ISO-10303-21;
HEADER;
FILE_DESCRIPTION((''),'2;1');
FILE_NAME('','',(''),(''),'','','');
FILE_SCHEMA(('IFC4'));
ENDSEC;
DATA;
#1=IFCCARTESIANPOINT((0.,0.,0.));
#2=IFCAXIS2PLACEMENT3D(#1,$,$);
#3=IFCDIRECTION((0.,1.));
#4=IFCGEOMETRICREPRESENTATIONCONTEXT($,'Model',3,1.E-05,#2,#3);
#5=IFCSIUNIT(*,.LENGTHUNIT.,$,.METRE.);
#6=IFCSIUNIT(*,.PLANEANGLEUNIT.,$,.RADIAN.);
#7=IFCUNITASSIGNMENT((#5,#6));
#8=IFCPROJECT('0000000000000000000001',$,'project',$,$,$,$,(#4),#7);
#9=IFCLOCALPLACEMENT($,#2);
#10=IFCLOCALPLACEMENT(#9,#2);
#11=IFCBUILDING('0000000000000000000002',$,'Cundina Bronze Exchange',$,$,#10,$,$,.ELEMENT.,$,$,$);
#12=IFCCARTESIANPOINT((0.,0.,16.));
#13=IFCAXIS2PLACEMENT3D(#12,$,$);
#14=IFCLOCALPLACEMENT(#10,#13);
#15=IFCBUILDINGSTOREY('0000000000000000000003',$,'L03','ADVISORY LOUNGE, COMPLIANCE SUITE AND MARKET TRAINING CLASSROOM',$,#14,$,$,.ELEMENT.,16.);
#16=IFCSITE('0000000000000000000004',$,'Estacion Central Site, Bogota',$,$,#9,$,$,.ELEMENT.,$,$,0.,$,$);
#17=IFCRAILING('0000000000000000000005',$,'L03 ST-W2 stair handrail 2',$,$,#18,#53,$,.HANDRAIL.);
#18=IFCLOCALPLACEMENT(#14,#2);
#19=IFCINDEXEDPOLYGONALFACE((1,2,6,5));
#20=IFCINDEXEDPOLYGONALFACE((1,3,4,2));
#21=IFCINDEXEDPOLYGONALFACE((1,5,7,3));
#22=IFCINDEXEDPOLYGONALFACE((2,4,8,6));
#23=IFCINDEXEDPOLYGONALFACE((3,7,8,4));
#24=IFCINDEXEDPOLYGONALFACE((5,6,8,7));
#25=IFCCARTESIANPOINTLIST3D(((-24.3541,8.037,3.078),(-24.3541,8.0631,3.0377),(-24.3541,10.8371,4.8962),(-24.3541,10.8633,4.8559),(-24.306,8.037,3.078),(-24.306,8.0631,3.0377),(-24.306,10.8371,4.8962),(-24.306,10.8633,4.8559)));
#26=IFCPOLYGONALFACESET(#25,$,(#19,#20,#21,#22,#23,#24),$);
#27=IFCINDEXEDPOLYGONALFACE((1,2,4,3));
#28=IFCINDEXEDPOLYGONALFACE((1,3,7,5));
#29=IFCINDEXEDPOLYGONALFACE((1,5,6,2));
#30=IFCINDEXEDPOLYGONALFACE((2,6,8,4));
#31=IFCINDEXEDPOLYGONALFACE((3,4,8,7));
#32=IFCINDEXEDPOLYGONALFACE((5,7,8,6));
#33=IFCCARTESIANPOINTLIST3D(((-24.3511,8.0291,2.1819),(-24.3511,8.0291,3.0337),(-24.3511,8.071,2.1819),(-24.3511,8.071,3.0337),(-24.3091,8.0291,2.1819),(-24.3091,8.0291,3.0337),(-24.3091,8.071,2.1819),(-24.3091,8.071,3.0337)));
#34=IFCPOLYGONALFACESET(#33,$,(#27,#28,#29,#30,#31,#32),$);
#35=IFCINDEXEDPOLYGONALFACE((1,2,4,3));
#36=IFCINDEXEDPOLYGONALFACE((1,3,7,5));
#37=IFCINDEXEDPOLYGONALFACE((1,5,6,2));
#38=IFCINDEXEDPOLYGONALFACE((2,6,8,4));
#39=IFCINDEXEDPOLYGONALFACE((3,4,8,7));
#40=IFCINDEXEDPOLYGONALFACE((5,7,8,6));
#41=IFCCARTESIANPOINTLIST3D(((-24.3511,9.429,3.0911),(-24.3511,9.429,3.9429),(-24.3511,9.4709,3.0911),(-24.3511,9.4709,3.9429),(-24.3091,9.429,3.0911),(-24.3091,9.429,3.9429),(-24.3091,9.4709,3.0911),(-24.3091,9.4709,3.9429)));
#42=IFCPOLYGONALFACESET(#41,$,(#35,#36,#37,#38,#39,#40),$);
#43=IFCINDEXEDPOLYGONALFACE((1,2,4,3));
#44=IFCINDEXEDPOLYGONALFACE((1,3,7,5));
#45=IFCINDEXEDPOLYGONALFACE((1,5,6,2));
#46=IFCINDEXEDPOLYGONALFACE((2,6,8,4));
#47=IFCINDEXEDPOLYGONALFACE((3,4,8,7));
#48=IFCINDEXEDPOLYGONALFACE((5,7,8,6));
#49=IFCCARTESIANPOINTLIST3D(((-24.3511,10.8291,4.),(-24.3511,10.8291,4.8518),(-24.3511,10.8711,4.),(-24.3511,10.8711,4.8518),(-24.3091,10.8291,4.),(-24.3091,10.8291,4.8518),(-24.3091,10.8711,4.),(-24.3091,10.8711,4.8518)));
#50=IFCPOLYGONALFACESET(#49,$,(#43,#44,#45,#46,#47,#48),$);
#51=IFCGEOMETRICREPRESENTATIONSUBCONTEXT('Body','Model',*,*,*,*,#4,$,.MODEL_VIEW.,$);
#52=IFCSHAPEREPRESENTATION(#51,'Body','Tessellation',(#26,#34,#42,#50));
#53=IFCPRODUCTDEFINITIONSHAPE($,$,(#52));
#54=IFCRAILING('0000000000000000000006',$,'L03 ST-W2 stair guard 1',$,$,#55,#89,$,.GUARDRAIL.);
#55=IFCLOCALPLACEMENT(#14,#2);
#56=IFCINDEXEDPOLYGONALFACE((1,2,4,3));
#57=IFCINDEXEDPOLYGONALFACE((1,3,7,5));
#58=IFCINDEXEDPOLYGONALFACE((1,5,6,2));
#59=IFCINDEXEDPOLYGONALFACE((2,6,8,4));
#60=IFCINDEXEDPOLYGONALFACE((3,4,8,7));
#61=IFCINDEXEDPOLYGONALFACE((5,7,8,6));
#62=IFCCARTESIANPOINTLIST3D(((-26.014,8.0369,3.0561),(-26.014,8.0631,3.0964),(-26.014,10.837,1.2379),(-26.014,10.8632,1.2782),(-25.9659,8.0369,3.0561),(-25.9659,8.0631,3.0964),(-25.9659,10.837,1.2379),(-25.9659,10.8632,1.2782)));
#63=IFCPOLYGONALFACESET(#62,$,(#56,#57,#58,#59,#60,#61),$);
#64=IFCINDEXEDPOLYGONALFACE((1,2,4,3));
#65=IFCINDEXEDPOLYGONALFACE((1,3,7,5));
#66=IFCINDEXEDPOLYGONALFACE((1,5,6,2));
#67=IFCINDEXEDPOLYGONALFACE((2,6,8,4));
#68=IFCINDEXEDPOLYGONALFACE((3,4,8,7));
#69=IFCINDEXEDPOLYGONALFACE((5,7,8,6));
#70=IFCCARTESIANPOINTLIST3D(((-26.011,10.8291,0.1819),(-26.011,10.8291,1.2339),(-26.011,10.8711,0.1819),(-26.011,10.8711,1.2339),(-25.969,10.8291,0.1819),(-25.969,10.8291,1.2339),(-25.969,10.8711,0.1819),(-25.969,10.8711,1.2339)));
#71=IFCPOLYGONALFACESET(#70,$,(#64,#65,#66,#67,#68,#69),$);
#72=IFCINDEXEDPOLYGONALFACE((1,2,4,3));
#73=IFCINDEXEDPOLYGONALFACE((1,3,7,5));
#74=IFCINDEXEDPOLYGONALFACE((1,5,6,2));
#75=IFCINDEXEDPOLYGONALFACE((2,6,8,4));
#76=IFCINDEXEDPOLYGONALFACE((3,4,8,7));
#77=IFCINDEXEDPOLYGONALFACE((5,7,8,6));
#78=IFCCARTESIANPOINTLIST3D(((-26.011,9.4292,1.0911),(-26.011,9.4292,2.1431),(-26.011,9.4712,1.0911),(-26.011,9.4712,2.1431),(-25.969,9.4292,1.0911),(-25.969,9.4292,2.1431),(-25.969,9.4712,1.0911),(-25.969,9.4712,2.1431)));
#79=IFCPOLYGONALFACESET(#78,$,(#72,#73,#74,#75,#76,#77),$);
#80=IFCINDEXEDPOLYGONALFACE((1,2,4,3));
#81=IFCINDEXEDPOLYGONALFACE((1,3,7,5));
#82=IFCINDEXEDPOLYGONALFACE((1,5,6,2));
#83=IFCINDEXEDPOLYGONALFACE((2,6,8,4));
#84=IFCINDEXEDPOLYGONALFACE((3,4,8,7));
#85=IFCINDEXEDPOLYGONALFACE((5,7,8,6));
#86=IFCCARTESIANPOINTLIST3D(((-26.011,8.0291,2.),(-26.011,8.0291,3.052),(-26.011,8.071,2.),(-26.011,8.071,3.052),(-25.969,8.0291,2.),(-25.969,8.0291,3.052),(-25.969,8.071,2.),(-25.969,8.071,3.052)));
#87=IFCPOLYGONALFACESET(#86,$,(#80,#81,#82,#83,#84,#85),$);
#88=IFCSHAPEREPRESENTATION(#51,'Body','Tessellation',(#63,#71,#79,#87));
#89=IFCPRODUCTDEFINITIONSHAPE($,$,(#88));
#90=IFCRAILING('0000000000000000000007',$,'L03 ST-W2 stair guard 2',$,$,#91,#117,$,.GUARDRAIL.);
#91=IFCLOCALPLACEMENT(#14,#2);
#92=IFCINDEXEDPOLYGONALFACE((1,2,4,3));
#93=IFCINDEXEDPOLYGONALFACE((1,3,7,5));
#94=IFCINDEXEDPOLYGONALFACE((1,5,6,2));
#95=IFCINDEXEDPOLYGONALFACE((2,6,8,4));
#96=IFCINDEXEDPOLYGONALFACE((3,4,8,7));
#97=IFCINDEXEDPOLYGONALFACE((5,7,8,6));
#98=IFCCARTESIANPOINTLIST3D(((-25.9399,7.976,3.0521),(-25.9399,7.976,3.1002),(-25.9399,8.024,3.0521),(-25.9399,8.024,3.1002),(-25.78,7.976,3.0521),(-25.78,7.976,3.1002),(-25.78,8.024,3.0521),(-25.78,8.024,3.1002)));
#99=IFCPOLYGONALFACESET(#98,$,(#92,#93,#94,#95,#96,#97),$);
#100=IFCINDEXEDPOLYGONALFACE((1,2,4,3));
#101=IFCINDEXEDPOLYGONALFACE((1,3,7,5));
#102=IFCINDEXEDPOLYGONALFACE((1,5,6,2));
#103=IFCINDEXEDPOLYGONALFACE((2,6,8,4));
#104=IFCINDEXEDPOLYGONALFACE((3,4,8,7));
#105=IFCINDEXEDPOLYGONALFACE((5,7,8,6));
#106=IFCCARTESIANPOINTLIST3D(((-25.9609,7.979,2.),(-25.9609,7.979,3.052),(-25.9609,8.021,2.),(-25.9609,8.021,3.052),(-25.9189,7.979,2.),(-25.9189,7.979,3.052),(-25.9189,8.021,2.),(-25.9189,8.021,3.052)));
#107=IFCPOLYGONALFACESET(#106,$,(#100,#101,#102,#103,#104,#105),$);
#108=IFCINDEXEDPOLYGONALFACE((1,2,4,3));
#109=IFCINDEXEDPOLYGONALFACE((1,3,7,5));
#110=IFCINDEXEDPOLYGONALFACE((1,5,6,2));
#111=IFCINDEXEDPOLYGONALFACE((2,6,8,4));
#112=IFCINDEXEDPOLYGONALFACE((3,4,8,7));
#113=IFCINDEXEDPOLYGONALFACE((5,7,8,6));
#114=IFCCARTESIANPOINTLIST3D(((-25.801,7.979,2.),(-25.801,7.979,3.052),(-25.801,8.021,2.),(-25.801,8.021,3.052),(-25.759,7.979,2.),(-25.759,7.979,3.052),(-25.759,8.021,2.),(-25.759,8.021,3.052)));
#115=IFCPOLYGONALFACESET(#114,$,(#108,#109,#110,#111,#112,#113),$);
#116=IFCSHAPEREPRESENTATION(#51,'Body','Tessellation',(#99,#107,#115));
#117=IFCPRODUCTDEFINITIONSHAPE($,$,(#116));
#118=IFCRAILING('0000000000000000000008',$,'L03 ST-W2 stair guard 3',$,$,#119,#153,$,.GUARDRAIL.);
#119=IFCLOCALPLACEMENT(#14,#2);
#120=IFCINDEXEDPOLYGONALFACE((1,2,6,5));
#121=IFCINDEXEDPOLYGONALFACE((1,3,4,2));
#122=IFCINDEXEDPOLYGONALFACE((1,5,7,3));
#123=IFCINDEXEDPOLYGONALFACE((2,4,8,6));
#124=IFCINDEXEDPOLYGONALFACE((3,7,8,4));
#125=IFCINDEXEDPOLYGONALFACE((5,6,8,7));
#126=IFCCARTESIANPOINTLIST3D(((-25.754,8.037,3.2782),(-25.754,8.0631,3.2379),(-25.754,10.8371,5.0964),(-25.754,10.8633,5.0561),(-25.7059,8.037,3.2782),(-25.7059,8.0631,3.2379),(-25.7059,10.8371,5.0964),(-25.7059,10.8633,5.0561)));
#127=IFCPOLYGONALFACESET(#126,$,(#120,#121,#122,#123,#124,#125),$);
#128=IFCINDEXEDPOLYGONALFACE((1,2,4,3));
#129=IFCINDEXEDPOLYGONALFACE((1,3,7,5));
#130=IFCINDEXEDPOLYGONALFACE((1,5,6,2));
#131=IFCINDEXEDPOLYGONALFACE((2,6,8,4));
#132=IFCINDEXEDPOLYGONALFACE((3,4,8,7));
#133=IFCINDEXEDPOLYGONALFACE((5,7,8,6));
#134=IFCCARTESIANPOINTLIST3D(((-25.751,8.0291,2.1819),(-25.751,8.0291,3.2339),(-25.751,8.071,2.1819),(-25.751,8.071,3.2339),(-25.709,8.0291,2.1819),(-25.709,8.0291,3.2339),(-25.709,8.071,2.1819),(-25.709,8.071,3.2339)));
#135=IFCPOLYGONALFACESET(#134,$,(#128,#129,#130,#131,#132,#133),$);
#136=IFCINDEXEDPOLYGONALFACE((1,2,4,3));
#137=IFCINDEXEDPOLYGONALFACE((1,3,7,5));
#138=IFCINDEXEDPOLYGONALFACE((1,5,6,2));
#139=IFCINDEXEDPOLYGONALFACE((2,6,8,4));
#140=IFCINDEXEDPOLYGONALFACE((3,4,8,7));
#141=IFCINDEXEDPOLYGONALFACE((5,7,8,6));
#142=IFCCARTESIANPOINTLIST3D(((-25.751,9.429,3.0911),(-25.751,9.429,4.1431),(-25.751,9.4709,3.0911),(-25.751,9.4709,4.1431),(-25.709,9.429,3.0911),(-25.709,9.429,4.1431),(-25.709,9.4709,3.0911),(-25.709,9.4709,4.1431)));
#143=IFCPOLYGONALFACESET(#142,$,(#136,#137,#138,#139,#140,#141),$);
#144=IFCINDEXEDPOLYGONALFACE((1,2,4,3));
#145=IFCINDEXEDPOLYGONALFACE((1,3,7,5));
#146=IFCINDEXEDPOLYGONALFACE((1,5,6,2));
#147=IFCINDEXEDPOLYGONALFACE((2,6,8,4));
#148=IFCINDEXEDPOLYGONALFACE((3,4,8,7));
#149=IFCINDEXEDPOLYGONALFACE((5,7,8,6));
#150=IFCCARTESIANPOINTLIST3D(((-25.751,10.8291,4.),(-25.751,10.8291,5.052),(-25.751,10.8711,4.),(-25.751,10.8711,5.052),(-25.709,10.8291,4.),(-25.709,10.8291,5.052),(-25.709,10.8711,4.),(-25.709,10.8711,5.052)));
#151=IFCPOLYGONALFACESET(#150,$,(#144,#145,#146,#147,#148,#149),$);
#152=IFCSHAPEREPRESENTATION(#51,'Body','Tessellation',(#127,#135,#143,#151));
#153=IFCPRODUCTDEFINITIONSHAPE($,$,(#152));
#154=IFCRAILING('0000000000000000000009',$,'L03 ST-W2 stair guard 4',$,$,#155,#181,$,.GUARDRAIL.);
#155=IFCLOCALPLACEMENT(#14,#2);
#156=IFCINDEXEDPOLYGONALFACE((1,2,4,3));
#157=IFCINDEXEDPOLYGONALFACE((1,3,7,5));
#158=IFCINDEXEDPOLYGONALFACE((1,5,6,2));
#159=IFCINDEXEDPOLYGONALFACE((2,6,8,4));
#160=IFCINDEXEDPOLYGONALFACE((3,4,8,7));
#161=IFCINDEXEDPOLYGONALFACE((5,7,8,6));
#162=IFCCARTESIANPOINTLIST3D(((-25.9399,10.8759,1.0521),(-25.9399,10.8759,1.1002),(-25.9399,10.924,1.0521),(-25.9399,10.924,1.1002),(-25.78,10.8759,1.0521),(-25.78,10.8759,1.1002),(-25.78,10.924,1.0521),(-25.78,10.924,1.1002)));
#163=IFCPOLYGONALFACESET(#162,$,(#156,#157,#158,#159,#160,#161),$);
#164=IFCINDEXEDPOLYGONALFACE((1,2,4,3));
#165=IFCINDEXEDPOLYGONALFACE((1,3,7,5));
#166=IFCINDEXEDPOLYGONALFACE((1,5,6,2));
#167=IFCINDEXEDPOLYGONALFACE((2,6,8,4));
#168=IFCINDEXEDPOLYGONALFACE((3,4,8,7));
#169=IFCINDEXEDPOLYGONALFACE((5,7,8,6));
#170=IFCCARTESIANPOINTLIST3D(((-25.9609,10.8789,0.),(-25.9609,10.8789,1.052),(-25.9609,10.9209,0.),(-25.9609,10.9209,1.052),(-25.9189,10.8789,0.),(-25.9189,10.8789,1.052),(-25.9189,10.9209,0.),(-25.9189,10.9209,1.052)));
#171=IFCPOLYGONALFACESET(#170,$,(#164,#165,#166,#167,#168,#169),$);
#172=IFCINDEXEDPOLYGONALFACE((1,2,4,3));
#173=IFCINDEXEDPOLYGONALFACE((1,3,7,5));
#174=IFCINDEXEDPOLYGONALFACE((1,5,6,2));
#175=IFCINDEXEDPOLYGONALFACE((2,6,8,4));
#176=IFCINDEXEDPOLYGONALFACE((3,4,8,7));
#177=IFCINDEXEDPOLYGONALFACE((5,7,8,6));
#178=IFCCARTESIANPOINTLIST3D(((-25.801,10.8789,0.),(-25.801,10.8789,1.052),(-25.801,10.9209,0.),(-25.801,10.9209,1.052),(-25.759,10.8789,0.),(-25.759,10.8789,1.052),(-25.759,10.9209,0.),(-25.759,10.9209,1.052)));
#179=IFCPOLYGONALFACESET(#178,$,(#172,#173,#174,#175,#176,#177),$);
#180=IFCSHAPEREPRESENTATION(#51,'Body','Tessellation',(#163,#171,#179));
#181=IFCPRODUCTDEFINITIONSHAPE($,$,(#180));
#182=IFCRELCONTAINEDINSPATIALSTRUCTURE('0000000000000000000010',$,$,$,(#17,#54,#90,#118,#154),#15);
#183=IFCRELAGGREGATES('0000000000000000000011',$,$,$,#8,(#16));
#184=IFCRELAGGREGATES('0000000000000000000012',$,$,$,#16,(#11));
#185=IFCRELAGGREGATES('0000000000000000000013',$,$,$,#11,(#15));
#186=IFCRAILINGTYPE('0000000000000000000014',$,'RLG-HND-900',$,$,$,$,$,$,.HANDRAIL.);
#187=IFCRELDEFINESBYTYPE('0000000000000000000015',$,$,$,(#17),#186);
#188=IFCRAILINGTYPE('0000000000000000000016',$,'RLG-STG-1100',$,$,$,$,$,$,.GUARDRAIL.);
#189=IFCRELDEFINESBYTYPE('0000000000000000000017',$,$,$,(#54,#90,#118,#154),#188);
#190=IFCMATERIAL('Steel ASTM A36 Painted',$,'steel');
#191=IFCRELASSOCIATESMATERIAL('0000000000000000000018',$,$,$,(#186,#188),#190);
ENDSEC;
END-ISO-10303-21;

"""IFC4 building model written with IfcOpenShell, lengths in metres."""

from ifc_helpers import new_model, si_unit, direction, frame, origin, origin_2d, place, context, subcontext, project, spatial, rectangle, extrude, material, type_object, element, save


model = new_model("IFC4")

# Units and contexts
model_context = context("Model", 3, precision=1e-05, world=origin(), true_north=direction((0.0, 1.0)))
body_context = subcontext(model_context, "Body", "Model", "MODEL_VIEW")
ifc_project = project(units=[si_unit("LENGTHUNIT", "METRE"), si_unit("PLANEANGLEUNIT", "RADIAN")], contexts=[model_context])

# Site, building, storey
site_placement = place(None, origin())
site = spatial("IfcSite", under=ifc_project, at=site_placement, Name="Estacion Central Site, Bogota", CompositionType="ELEMENT", RefElevation=0.0)
building_placement = place(site_placement, origin())
building = spatial("IfcBuilding", under=site, at=building_placement, Name="Cundina Bronze Exchange", CompositionType="ELEMENT")
storey_placement = place(building_placement, frame((0.0, 0.0, 16.0)))
storey = spatial("IfcBuildingStorey", under=building, at=storey_placement, Name="L03", Description="ADVISORY LOUNGE, COMPLIANCE SUITE AND MARKET TRAINING CLASSROOM", CompositionType="ELEMENT", Elevation=16.0)

# Shared definitions
ifc_material_1 = material(Name="Steel ASTM A36 Painted", Category="steel")

# Railings
railing_type_1 = type_object("IfcRailingType", Name="RLG-HND-900", PredefinedType="HANDRAIL", material=ifc_material_1)
railing_1_placement = place(storey_placement, frame((-24.3301, 8.05, 2.1819)))
element("IfcRailing", 1, at=railing_1_placement, inside=storey, type_object=railing_type_1, Name="L03 ST-W2 stair handrail 2", PredefinedType="HANDRAIL", context=body_context, shape_type="SweptSolid", body=[
    extrude(rectangle(XDim=0.0481, YDim=0.0481, at=origin_2d()), frame((0.0, 0.0, 0.876), z_axis=(0.0, 0.838706, 0.544585), x_axis=(-1.0, 0.0, 0.0)), (0.0, 0.0, 1.0), 3.3386),
    extrude(rectangle(XDim=0.042, YDim=0.042, at=origin_2d()), origin(), (0.0, 0.0, 1.0), 0.8518),
    extrude(rectangle(XDim=0.042, YDim=0.042, at=origin_2d()), frame((0.0, 1.3999, 0.9092)), (0.0, 0.0, 1.0), 0.8518),
    extrude(rectangle(XDim=0.042, YDim=0.042, at=origin_2d()), frame((0.0, 2.8, 1.8181)), (0.0, 0.0, 1.0), 0.8518),
])
railing_type_2 = type_object("IfcRailingType", Name="RLG-STG-1100", PredefinedType="GUARDRAIL", material=ifc_material_1)
railing_2_placement = place(storey_placement, frame((-25.99, 10.8501, 0.1819)))
element("IfcRailing", 2, at=railing_2_placement, inside=storey, type_object=railing_type_2, Name="L03 ST-W2 stair guard 1", PredefinedType="GUARDRAIL", context=body_context, shape_type="SweptSolid", body=[
    extrude(rectangle(XDim=0.0481, YDim=0.0481, at=origin_2d()), frame((0.0, 0.0, 1.0762), z_axis=(0.0, -0.838706, 0.544585), x_axis=(1.0, 0.0, 0.0)), (0.0, 0.0, 1.0), 3.3386),
    extrude(rectangle(XDim=0.042, YDim=0.042, at=origin_2d()), origin(), (0.0, 0.0, 1.0), 1.052),
    extrude(rectangle(XDim=0.042, YDim=0.042, at=origin_2d()), frame((0.0, -1.3999, 0.9092)), (0.0, 0.0, 1.0), 1.052),
    extrude(rectangle(XDim=0.042, YDim=0.042, at=origin_2d()), frame((0.0, -2.8, 1.8181)), (0.0, 0.0, 1.0), 1.052),
])
railing_3_placement = place(storey_placement, frame((-25.9399, 8.0, 2.0)))
element("IfcRailing", 3, at=railing_3_placement, inside=storey, type_object=railing_type_2, Name="L03 ST-W2 stair guard 2", PredefinedType="GUARDRAIL", context=body_context, shape_type="SweptSolid", body=[
    extrude(rectangle(XDim=0.0481, YDim=0.0481, at=origin_2d()), frame((0.0, 0.0, 1.0762), z_axis=(1.0, 0.0, 0.0), x_axis=(0.0, 1.0, 0.0)), (0.0, 0.0, 1.0), 0.1599),
    extrude(rectangle(XDim=0.042, YDim=0.042, at=origin_2d()), origin(), (0.0, 0.0, 1.0), 1.052),
    extrude(rectangle(XDim=0.042, YDim=0.042, at=origin_2d()), frame((0.1599, 0.0, 0.0)), (0.0, 0.0, 1.0), 1.052),
])
railing_4_placement = place(storey_placement, frame((-25.73, 8.05, 2.1819)))
element("IfcRailing", 4, at=railing_4_placement, inside=storey, type_object=railing_type_2, Name="L03 ST-W2 stair guard 3", PredefinedType="GUARDRAIL", context=body_context, shape_type="SweptSolid", body=[
    extrude(rectangle(XDim=0.0481, YDim=0.0481, at=origin_2d()), frame((0.0, 0.0, 1.0762), z_axis=(0.0, 0.838706, 0.544585), x_axis=(-1.0, 0.0, 0.0)), (0.0, 0.0, 1.0), 3.3386),
    extrude(rectangle(XDim=0.042, YDim=0.042, at=origin_2d()), origin(), (0.0, 0.0, 1.0), 1.052),
    extrude(rectangle(XDim=0.042, YDim=0.042, at=origin_2d()), frame((0.0, 1.3999, 0.9092)), (0.0, 0.0, 1.0), 1.052),
    extrude(rectangle(XDim=0.042, YDim=0.042, at=origin_2d()), frame((0.0, 2.8, 1.8181)), (0.0, 0.0, 1.0), 1.052),
])
railing_5_placement = place(storey_placement, frame((-25.9399, 10.8999, 0.0)))
element("IfcRailing", 5, at=railing_5_placement, inside=storey, type_object=railing_type_2, Name="L03 ST-W2 stair guard 4", PredefinedType="GUARDRAIL", context=body_context, shape_type="SweptSolid", body=[
    extrude(rectangle(XDim=0.0481, YDim=0.0481, at=origin_2d()), frame((0.0, 0.0, 1.0762), z_axis=(1.0, 0.0, 0.0), x_axis=(0.0, 1.0, 0.0)), (0.0, 0.0, 1.0), 0.1599),
    extrude(rectangle(XDim=0.042, YDim=0.042, at=origin_2d()), origin(), (0.0, 0.0, 1.0), 1.052),
    extrude(rectangle(XDim=0.042, YDim=0.042, at=origin_2d()), frame((0.1599, 0.0, 0.0)), (0.0, 0.0, 1.0), 1.052),
])

save(model, "model.ifc")
